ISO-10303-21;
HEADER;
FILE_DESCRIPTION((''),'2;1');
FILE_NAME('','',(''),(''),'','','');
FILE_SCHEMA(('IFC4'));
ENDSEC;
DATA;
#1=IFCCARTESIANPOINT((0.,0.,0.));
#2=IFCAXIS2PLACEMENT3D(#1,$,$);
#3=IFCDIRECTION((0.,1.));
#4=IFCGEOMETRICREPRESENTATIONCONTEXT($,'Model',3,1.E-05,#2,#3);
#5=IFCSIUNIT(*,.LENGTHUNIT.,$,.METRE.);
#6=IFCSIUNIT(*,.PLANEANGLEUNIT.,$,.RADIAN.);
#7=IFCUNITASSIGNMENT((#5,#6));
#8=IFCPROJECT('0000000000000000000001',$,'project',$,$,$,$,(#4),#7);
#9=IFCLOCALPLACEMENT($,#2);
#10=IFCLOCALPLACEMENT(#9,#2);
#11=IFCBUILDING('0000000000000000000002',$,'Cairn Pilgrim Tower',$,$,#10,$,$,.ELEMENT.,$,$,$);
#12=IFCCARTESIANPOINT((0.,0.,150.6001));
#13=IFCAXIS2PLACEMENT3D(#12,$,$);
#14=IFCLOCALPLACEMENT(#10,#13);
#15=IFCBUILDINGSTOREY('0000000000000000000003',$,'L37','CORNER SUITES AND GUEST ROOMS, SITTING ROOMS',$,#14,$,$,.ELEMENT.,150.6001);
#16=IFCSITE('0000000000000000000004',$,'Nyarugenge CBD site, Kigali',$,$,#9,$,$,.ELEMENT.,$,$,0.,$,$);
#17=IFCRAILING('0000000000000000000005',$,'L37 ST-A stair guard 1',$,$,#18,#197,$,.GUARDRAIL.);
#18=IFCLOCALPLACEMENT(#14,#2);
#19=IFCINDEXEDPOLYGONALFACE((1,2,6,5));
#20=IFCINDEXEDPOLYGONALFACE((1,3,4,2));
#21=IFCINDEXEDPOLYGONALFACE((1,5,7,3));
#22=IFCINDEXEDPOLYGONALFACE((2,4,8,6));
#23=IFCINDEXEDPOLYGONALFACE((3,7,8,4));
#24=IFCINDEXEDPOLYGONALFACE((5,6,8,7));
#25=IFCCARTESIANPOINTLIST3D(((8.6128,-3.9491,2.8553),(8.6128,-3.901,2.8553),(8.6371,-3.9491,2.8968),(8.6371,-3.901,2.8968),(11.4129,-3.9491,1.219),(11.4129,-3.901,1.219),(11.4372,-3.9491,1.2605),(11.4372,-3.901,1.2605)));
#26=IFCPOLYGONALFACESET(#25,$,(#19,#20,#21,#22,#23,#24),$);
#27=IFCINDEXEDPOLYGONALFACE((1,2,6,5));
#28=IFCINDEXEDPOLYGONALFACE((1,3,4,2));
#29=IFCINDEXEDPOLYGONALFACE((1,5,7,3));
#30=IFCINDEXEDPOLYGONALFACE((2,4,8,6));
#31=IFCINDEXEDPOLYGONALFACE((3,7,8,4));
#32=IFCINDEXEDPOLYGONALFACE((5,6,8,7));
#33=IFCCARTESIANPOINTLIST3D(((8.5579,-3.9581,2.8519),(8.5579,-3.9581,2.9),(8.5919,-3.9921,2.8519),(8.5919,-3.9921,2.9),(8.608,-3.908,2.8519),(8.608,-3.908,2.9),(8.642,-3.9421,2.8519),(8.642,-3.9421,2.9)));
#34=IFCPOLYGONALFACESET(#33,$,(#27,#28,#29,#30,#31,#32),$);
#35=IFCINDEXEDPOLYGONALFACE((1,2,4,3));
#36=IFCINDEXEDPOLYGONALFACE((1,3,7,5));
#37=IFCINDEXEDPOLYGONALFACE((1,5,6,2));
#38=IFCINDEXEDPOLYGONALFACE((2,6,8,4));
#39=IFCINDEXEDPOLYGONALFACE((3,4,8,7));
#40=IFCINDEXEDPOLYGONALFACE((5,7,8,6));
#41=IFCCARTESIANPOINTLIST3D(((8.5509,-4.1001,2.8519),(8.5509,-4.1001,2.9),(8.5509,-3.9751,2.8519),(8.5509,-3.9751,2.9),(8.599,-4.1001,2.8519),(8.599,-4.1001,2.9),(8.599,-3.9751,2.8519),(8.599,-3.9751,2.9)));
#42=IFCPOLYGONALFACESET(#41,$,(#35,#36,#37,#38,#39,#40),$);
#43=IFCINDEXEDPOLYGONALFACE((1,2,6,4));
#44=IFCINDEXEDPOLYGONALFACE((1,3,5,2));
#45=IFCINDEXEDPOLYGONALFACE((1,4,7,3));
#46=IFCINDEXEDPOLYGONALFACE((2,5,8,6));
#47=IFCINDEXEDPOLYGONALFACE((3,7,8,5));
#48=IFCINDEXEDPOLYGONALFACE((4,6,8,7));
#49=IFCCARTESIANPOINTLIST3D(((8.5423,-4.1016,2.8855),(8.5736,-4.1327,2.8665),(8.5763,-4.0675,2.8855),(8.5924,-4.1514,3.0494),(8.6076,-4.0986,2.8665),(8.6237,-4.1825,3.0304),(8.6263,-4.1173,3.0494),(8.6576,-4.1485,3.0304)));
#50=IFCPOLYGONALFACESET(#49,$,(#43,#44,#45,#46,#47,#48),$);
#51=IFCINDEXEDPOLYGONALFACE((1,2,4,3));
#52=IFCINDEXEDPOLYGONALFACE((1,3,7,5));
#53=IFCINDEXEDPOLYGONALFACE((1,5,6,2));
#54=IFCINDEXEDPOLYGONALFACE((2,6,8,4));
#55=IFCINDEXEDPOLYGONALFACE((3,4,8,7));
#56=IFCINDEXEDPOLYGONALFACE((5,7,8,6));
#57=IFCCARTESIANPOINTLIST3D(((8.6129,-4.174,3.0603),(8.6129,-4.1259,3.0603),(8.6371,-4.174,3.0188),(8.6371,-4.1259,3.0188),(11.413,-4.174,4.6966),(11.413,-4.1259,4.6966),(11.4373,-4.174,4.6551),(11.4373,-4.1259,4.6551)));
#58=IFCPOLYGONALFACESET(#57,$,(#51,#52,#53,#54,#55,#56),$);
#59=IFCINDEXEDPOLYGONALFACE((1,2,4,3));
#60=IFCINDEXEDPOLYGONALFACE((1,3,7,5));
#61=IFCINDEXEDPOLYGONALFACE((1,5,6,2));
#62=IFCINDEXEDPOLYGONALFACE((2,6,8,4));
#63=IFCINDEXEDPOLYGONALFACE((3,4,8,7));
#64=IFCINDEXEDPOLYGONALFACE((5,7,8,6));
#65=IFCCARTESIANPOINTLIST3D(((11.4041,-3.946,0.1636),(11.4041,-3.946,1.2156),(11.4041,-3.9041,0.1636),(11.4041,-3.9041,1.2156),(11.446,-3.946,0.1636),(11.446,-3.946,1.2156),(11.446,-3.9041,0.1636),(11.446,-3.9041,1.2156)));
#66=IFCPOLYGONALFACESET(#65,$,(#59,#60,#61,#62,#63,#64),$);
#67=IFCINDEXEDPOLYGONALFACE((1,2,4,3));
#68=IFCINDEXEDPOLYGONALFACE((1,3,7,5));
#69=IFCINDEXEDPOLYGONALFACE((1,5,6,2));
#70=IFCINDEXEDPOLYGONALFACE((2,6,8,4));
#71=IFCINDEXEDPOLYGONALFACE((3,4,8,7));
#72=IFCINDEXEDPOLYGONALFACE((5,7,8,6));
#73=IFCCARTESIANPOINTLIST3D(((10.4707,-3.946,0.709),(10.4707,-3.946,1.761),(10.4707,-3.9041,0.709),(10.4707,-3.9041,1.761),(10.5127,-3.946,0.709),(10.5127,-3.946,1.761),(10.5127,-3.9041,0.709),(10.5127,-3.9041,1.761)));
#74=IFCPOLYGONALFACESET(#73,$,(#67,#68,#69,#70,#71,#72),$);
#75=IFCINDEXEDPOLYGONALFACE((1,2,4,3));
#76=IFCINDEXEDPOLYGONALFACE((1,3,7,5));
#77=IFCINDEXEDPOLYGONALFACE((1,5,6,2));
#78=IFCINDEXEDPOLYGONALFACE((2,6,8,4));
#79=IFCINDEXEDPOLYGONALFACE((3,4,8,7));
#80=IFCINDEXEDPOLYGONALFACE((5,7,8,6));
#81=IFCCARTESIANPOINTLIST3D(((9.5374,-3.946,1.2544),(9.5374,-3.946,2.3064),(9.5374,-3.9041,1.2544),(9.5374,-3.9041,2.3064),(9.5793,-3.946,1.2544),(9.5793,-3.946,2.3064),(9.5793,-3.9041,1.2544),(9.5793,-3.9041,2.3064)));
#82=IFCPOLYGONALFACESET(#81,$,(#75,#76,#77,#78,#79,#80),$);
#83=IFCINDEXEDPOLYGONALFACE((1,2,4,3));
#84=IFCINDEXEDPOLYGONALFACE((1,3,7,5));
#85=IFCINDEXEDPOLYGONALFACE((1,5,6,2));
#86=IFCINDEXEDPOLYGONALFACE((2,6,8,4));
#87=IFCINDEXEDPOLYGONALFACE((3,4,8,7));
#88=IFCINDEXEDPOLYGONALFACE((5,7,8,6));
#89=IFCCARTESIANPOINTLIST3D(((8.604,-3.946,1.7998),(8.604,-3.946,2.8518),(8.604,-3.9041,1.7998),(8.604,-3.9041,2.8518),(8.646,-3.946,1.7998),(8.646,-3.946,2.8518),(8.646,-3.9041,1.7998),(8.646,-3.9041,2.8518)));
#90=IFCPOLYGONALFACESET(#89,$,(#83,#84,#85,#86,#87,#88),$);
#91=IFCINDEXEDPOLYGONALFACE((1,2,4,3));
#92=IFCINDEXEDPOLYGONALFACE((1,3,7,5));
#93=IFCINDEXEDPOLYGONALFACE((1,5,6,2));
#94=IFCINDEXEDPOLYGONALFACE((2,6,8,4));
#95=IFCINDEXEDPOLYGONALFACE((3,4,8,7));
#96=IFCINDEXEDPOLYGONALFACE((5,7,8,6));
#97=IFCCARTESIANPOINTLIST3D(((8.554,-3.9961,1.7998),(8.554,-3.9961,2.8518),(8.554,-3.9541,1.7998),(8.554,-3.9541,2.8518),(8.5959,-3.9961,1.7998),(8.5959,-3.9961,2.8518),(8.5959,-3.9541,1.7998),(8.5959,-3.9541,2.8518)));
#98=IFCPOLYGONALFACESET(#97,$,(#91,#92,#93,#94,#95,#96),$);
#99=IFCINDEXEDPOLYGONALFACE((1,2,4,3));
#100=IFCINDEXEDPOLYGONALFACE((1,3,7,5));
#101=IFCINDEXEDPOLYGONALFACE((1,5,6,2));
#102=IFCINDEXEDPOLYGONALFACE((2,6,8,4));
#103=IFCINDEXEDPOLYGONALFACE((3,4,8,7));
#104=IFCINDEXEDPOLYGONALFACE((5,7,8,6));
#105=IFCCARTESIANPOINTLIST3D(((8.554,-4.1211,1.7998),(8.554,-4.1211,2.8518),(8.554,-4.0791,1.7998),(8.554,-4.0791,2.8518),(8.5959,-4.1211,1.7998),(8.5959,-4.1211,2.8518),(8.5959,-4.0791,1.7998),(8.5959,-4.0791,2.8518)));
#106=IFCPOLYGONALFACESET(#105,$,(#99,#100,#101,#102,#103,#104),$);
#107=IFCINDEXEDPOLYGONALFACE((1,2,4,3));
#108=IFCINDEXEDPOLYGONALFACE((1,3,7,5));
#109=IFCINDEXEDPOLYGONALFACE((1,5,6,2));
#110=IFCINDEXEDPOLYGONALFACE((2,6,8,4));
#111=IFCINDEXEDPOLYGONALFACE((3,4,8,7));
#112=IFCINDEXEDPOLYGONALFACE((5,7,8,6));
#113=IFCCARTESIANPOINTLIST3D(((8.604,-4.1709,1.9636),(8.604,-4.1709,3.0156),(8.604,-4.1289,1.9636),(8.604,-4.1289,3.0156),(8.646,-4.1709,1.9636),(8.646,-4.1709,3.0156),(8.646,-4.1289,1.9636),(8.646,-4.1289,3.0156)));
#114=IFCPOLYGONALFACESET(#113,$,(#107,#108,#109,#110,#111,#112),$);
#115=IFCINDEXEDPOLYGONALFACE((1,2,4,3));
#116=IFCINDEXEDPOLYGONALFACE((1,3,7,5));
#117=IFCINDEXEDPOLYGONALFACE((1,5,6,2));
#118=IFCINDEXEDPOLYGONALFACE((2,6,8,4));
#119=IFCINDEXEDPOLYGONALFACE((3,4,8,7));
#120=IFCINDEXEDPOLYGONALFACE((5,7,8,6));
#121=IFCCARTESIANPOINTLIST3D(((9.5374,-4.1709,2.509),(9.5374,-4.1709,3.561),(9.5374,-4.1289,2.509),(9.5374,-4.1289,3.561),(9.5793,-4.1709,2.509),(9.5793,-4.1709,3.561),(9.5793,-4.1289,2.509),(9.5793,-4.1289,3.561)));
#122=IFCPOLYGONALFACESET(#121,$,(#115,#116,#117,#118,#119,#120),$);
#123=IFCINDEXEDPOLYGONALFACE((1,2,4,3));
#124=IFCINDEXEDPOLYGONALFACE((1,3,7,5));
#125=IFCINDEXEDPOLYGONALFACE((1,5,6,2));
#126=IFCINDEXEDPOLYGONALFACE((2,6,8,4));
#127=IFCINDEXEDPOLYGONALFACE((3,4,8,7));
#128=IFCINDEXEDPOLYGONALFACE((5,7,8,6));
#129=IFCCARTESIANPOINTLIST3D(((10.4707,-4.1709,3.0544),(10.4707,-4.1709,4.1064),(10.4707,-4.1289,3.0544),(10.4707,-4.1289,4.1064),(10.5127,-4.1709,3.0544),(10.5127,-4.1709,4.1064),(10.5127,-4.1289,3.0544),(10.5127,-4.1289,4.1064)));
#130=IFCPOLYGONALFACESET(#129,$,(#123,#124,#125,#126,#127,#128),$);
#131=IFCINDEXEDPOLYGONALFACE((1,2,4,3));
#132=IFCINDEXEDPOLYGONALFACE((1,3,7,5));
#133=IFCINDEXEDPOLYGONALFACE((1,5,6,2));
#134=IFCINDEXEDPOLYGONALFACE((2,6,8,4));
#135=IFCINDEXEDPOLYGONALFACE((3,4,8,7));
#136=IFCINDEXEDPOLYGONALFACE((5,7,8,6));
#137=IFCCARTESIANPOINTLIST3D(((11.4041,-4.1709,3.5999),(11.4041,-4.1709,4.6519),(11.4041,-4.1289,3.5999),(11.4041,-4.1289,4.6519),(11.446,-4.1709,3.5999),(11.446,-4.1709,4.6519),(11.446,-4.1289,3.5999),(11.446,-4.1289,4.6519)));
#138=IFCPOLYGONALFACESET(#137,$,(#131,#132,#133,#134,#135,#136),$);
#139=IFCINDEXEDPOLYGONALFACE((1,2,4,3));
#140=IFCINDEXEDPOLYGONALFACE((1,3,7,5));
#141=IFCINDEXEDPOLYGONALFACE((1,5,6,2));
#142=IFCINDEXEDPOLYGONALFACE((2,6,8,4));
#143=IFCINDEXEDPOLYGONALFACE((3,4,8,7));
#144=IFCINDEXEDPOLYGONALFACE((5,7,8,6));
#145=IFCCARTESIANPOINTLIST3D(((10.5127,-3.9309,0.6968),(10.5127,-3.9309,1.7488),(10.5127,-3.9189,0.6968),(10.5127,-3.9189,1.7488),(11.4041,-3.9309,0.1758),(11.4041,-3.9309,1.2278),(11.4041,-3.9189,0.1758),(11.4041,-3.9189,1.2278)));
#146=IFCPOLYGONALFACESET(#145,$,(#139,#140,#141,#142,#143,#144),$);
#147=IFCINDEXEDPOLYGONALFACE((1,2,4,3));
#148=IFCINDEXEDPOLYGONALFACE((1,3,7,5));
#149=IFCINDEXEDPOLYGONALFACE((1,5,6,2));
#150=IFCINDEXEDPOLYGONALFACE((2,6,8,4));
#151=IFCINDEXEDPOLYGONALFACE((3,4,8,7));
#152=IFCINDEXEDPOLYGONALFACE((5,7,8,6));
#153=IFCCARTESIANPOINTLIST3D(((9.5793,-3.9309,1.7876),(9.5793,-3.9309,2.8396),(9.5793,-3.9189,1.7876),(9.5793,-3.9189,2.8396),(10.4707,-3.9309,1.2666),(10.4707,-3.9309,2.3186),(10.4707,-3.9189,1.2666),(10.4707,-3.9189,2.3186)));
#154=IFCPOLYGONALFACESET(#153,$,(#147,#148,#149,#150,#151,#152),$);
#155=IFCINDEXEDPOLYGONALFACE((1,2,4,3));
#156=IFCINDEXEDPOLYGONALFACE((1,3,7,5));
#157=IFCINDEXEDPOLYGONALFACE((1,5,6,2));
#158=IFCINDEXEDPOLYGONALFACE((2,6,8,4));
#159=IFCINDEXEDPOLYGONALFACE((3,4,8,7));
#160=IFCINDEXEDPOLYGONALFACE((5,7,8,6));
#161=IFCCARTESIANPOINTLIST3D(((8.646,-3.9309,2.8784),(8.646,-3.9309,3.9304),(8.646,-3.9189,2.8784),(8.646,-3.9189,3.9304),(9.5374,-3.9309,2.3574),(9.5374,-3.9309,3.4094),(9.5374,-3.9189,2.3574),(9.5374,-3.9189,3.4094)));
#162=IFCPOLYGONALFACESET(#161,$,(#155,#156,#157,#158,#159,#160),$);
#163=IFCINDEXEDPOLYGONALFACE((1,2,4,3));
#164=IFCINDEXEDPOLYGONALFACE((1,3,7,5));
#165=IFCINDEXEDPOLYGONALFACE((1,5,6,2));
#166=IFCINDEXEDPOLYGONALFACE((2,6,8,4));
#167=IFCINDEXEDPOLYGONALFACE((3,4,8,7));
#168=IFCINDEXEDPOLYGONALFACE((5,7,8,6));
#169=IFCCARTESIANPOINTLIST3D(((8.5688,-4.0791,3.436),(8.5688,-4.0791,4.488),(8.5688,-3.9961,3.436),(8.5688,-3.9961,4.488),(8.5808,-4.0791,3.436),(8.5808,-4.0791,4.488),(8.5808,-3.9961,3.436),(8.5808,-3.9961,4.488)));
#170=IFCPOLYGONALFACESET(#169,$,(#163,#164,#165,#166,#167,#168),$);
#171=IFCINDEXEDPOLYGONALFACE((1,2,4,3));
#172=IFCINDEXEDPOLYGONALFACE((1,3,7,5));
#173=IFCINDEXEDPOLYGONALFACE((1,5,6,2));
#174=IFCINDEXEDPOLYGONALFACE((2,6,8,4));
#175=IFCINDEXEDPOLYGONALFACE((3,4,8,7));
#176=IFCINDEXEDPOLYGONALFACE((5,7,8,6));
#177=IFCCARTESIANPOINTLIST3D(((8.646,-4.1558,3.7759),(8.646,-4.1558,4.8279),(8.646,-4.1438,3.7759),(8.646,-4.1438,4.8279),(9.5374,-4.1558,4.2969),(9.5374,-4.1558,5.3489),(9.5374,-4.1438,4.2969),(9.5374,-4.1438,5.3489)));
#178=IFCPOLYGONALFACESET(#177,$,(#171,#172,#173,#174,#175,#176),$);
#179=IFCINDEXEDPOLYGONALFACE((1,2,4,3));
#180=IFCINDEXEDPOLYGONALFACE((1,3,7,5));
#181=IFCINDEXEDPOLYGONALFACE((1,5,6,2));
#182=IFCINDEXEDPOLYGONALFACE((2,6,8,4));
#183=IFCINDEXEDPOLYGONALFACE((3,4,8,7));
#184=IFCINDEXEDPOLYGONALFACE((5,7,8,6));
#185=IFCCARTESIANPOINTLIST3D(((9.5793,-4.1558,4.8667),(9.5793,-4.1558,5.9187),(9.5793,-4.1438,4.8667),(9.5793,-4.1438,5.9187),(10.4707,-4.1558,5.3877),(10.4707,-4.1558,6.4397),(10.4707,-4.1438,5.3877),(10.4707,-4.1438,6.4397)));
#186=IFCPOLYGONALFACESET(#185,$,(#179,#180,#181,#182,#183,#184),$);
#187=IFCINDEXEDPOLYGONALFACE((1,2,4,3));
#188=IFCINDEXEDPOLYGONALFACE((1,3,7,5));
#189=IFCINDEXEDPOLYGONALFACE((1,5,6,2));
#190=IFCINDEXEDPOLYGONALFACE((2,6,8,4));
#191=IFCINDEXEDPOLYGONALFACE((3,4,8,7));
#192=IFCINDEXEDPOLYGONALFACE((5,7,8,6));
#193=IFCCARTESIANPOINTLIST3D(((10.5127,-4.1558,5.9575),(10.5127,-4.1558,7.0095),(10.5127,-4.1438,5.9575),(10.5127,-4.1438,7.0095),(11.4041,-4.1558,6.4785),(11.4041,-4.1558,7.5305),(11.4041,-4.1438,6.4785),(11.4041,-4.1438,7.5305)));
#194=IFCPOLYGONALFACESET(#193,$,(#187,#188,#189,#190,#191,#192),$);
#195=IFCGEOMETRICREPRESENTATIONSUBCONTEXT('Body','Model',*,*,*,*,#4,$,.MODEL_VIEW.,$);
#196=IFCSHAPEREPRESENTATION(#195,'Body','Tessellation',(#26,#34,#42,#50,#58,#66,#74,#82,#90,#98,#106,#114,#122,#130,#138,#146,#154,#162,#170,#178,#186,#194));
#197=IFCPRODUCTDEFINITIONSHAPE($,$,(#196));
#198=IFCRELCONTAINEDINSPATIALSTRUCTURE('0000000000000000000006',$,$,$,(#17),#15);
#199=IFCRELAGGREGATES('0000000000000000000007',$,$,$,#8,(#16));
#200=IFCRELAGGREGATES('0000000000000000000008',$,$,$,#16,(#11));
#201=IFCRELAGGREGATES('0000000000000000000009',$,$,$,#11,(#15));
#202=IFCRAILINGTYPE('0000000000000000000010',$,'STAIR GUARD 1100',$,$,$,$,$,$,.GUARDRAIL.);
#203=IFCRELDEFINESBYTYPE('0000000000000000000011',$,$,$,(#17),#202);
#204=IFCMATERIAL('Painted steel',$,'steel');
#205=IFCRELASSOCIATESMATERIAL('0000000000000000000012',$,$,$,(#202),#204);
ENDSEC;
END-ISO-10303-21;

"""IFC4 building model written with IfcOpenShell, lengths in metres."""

from ifc_helpers import new_model, si_unit, direction, frame, origin, origin_2d, place, context, subcontext, project, spatial, polyline, rectangle, outline, extrude, material, type_object, element, save


model = new_model("IFC4")

# Units and contexts
model_context = context("Model", 3, precision=1e-05, world=origin(), true_north=direction((0.0, 1.0)))
body_context = subcontext(model_context, "Body", "Model", "MODEL_VIEW")
ifc_project = project(units=[si_unit("LENGTHUNIT", "METRE"), si_unit("PLANEANGLEUNIT", "RADIAN")], contexts=[model_context])

# Site, building, storey
site_placement = place(None, origin())
site = spatial("IfcSite", under=ifc_project, at=site_placement, Name="Nyarugenge CBD site, Kigali", CompositionType="ELEMENT", RefElevation=0.0)
building_placement = place(site_placement, origin())
building = spatial("IfcBuilding", under=site, at=building_placement, Name="Cairn Pilgrim Tower", CompositionType="ELEMENT")
storey_placement = place(building_placement, frame((0.0, 0.0, 150.6001)))
storey = spatial("IfcBuildingStorey", under=building, at=storey_placement, Name="L37", Description="CORNER SUITES AND GUEST ROOMS, SITTING ROOMS", CompositionType="ELEMENT", Elevation=150.6001)

# Railing
ifc_material_1 = material(Name="Painted steel", Category="steel")
railing_type_1 = type_object("IfcRailingType", Name="STAIR GUARD 1100", PredefinedType="GUARDRAIL", material=ifc_material_1)
railing_1_placement = place(storey_placement, frame((11.425, -3.925, 0.1636)))
element("IfcRailing", 1, at=railing_1_placement, inside=storey, type_object=railing_type_1, Name="L37 ST-A stair guard 1", PredefinedType="GUARDRAIL", context=body_context, shape_type="SweptSolid", body=[
    extrude(rectangle(XDim=0.0481, YDim=0.0481, at=origin_2d()), frame((0.0, 0.0, 1.0762), z_axis=(-0.863394, 0.0, 0.504531), x_axis=(0.0, -1.0, 0.0)), (0.0, 0.0, 1.0), 3.2432),
    extrude(rectangle(XDim=0.0481, YDim=0.0481, at=origin_2d()), frame((-2.8, 0.0, 2.7124), z_axis=(-0.707107, -0.707107, 0.0), x_axis=(0.707107, -0.707107, 0.0)), (0.0, 0.0, 1.0), 0.0708),
    extrude(rectangle(XDim=0.0481, YDim=0.0481, at=origin_2d()), frame((-2.8501, -0.05, 2.7124), z_axis=(0.0, -1.0, 0.0), x_axis=(1.0, 0.0, 0.0)), (0.0, 0.0, 1.0), 0.125),
    extrude(rectangle(XDim=0.0481, YDim=0.0481, at=origin_2d()), frame((-2.8501, -0.175, 2.7124), z_axis=(0.280564, -0.279195, 0.918332), x_axis=(0.705376, 0.708834, 0.0)), (0.0, 0.0, 1.0), 0.1785),
    extrude(rectangle(XDim=0.0481, YDim=0.0481, at=origin_2d()), frame((-2.8, -0.2249, 2.876), z_axis=(0.863394, 0.0, 0.504531), x_axis=(0.0, 1.0, 0.0)), (0.0, 0.0, 1.0), 3.2432),
    extrude(rectangle(XDim=0.042, YDim=0.042, at=origin_2d()), origin(), (0.0, 0.0, 1.0), 1.052),
    extrude(rectangle(XDim=0.042, YDim=0.042, at=origin_2d()), frame((-0.9333, 0.0, 0.5454)), (0.0, 0.0, 1.0), 1.052),
    extrude(rectangle(XDim=0.042, YDim=0.042, at=origin_2d()), frame((-1.8667, 0.0, 1.0908)), (0.0, 0.0, 1.0), 1.052),
    extrude(rectangle(XDim=0.042, YDim=0.042, at=origin_2d()), frame((-2.8, 0.0, 1.6362)), (0.0, 0.0, 1.0), 1.052),
    extrude(rectangle(XDim=0.042, YDim=0.042, at=origin_2d()), frame((-2.8501, -0.05, 1.6362)), (0.0, 0.0, 1.0), 1.052),
    extrude(rectangle(XDim=0.042, YDim=0.042, at=origin_2d()), frame((-2.8501, -0.175, 1.6362)), (0.0, 0.0, 1.0), 1.052),
    extrude(rectangle(XDim=0.042, YDim=0.042, at=origin_2d()), frame((-2.8, -0.2249, 1.8)), (0.0, 0.0, 1.0), 1.052),
    extrude(rectangle(XDim=0.042, YDim=0.042, at=origin_2d()), frame((-1.8667, -0.2249, 2.3455)), (0.0, 0.0, 1.0), 1.052),
    extrude(rectangle(XDim=0.042, YDim=0.042, at=origin_2d()), frame((-0.9333, -0.2249, 2.8909)), (0.0, 0.0, 1.0), 1.052),
    extrude(rectangle(XDim=0.042, YDim=0.042, at=origin_2d()), frame((0.0, -0.2249, 3.4363)), (0.0, 0.0, 1.0), 1.052),
    extrude(outline(polyline([(0.021, 0.0122), (0.9124, 0.5332), (0.9124, 1.5852), (0.021, 1.0642), (0.021, 0.0122)])), frame((0.0, -0.0059, 0.0), z_axis=(0.0, 1.0, 0.0), x_axis=(-1.0, 0.0, 0.0)), (0.0, 0.0, 1.0), 0.012),
    extrude(outline(polyline([(0.021, 0.5576), (0.9124, 1.0786), (0.9124, 2.1306), (0.021, 1.6096), (0.021, 0.5576)])), frame((-0.9333, -0.0059, 0.5454), z_axis=(0.0, 1.0, 0.0), x_axis=(-1.0, 0.0, 0.0)), (0.0, 0.0, 1.0), 0.012),
    extrude(outline(polyline([(0.021, 1.103), (0.9124, 1.624), (0.9124, 2.676), (0.021, 2.155), (0.021, 1.103)])), frame((-1.8667, -0.0059, 1.0908), z_axis=(0.0, 1.0, 0.0), x_axis=(-1.0, 0.0, 0.0)), (0.0, 0.0, 1.0), 0.012),
    extrude(outline(polyline([(0.021, 1.6362), (0.104, 1.6362), (0.104, 2.6882), (0.021, 2.6882), (0.021, 1.6362)])), frame((-2.8442, -0.05, 1.6362), z_axis=(-1.0, 0.0, 0.0), x_axis=(0.0, -1.0, 0.0)), (0.0, 0.0, 1.0), 0.012),
    extrude(outline(polyline([(0.021, 1.8123), (0.9124, 2.3333), (0.9124, 3.3853), (0.021, 2.8643), (0.021, 1.8123)])), frame((-2.8, -0.2188, 1.8), z_axis=(0.0, -1.0, 0.0), x_axis=(1.0, 0.0, 0.0)), (0.0, 0.0, 1.0), 0.012),
    extrude(outline(polyline([(0.021, 2.3577), (0.9124, 2.8787), (0.9124, 3.9307), (0.021, 3.4097), (0.021, 2.3577)])), frame((-1.8667, -0.2188, 2.3455), z_axis=(0.0, -1.0, 0.0), x_axis=(1.0, 0.0, 0.0)), (0.0, 0.0, 1.0), 0.012),
    extrude(outline(polyline([(0.021, 2.9031), (0.9124, 3.4241), (0.9124, 4.4761), (0.021, 3.9551), (0.021, 2.9031)])), frame((-0.9333, -0.2188, 2.8909), z_axis=(0.0, -1.0, 0.0), x_axis=(1.0, 0.0, 0.0)), (0.0, 0.0, 1.0), 0.012),
])

save(model, "model.ifc")
